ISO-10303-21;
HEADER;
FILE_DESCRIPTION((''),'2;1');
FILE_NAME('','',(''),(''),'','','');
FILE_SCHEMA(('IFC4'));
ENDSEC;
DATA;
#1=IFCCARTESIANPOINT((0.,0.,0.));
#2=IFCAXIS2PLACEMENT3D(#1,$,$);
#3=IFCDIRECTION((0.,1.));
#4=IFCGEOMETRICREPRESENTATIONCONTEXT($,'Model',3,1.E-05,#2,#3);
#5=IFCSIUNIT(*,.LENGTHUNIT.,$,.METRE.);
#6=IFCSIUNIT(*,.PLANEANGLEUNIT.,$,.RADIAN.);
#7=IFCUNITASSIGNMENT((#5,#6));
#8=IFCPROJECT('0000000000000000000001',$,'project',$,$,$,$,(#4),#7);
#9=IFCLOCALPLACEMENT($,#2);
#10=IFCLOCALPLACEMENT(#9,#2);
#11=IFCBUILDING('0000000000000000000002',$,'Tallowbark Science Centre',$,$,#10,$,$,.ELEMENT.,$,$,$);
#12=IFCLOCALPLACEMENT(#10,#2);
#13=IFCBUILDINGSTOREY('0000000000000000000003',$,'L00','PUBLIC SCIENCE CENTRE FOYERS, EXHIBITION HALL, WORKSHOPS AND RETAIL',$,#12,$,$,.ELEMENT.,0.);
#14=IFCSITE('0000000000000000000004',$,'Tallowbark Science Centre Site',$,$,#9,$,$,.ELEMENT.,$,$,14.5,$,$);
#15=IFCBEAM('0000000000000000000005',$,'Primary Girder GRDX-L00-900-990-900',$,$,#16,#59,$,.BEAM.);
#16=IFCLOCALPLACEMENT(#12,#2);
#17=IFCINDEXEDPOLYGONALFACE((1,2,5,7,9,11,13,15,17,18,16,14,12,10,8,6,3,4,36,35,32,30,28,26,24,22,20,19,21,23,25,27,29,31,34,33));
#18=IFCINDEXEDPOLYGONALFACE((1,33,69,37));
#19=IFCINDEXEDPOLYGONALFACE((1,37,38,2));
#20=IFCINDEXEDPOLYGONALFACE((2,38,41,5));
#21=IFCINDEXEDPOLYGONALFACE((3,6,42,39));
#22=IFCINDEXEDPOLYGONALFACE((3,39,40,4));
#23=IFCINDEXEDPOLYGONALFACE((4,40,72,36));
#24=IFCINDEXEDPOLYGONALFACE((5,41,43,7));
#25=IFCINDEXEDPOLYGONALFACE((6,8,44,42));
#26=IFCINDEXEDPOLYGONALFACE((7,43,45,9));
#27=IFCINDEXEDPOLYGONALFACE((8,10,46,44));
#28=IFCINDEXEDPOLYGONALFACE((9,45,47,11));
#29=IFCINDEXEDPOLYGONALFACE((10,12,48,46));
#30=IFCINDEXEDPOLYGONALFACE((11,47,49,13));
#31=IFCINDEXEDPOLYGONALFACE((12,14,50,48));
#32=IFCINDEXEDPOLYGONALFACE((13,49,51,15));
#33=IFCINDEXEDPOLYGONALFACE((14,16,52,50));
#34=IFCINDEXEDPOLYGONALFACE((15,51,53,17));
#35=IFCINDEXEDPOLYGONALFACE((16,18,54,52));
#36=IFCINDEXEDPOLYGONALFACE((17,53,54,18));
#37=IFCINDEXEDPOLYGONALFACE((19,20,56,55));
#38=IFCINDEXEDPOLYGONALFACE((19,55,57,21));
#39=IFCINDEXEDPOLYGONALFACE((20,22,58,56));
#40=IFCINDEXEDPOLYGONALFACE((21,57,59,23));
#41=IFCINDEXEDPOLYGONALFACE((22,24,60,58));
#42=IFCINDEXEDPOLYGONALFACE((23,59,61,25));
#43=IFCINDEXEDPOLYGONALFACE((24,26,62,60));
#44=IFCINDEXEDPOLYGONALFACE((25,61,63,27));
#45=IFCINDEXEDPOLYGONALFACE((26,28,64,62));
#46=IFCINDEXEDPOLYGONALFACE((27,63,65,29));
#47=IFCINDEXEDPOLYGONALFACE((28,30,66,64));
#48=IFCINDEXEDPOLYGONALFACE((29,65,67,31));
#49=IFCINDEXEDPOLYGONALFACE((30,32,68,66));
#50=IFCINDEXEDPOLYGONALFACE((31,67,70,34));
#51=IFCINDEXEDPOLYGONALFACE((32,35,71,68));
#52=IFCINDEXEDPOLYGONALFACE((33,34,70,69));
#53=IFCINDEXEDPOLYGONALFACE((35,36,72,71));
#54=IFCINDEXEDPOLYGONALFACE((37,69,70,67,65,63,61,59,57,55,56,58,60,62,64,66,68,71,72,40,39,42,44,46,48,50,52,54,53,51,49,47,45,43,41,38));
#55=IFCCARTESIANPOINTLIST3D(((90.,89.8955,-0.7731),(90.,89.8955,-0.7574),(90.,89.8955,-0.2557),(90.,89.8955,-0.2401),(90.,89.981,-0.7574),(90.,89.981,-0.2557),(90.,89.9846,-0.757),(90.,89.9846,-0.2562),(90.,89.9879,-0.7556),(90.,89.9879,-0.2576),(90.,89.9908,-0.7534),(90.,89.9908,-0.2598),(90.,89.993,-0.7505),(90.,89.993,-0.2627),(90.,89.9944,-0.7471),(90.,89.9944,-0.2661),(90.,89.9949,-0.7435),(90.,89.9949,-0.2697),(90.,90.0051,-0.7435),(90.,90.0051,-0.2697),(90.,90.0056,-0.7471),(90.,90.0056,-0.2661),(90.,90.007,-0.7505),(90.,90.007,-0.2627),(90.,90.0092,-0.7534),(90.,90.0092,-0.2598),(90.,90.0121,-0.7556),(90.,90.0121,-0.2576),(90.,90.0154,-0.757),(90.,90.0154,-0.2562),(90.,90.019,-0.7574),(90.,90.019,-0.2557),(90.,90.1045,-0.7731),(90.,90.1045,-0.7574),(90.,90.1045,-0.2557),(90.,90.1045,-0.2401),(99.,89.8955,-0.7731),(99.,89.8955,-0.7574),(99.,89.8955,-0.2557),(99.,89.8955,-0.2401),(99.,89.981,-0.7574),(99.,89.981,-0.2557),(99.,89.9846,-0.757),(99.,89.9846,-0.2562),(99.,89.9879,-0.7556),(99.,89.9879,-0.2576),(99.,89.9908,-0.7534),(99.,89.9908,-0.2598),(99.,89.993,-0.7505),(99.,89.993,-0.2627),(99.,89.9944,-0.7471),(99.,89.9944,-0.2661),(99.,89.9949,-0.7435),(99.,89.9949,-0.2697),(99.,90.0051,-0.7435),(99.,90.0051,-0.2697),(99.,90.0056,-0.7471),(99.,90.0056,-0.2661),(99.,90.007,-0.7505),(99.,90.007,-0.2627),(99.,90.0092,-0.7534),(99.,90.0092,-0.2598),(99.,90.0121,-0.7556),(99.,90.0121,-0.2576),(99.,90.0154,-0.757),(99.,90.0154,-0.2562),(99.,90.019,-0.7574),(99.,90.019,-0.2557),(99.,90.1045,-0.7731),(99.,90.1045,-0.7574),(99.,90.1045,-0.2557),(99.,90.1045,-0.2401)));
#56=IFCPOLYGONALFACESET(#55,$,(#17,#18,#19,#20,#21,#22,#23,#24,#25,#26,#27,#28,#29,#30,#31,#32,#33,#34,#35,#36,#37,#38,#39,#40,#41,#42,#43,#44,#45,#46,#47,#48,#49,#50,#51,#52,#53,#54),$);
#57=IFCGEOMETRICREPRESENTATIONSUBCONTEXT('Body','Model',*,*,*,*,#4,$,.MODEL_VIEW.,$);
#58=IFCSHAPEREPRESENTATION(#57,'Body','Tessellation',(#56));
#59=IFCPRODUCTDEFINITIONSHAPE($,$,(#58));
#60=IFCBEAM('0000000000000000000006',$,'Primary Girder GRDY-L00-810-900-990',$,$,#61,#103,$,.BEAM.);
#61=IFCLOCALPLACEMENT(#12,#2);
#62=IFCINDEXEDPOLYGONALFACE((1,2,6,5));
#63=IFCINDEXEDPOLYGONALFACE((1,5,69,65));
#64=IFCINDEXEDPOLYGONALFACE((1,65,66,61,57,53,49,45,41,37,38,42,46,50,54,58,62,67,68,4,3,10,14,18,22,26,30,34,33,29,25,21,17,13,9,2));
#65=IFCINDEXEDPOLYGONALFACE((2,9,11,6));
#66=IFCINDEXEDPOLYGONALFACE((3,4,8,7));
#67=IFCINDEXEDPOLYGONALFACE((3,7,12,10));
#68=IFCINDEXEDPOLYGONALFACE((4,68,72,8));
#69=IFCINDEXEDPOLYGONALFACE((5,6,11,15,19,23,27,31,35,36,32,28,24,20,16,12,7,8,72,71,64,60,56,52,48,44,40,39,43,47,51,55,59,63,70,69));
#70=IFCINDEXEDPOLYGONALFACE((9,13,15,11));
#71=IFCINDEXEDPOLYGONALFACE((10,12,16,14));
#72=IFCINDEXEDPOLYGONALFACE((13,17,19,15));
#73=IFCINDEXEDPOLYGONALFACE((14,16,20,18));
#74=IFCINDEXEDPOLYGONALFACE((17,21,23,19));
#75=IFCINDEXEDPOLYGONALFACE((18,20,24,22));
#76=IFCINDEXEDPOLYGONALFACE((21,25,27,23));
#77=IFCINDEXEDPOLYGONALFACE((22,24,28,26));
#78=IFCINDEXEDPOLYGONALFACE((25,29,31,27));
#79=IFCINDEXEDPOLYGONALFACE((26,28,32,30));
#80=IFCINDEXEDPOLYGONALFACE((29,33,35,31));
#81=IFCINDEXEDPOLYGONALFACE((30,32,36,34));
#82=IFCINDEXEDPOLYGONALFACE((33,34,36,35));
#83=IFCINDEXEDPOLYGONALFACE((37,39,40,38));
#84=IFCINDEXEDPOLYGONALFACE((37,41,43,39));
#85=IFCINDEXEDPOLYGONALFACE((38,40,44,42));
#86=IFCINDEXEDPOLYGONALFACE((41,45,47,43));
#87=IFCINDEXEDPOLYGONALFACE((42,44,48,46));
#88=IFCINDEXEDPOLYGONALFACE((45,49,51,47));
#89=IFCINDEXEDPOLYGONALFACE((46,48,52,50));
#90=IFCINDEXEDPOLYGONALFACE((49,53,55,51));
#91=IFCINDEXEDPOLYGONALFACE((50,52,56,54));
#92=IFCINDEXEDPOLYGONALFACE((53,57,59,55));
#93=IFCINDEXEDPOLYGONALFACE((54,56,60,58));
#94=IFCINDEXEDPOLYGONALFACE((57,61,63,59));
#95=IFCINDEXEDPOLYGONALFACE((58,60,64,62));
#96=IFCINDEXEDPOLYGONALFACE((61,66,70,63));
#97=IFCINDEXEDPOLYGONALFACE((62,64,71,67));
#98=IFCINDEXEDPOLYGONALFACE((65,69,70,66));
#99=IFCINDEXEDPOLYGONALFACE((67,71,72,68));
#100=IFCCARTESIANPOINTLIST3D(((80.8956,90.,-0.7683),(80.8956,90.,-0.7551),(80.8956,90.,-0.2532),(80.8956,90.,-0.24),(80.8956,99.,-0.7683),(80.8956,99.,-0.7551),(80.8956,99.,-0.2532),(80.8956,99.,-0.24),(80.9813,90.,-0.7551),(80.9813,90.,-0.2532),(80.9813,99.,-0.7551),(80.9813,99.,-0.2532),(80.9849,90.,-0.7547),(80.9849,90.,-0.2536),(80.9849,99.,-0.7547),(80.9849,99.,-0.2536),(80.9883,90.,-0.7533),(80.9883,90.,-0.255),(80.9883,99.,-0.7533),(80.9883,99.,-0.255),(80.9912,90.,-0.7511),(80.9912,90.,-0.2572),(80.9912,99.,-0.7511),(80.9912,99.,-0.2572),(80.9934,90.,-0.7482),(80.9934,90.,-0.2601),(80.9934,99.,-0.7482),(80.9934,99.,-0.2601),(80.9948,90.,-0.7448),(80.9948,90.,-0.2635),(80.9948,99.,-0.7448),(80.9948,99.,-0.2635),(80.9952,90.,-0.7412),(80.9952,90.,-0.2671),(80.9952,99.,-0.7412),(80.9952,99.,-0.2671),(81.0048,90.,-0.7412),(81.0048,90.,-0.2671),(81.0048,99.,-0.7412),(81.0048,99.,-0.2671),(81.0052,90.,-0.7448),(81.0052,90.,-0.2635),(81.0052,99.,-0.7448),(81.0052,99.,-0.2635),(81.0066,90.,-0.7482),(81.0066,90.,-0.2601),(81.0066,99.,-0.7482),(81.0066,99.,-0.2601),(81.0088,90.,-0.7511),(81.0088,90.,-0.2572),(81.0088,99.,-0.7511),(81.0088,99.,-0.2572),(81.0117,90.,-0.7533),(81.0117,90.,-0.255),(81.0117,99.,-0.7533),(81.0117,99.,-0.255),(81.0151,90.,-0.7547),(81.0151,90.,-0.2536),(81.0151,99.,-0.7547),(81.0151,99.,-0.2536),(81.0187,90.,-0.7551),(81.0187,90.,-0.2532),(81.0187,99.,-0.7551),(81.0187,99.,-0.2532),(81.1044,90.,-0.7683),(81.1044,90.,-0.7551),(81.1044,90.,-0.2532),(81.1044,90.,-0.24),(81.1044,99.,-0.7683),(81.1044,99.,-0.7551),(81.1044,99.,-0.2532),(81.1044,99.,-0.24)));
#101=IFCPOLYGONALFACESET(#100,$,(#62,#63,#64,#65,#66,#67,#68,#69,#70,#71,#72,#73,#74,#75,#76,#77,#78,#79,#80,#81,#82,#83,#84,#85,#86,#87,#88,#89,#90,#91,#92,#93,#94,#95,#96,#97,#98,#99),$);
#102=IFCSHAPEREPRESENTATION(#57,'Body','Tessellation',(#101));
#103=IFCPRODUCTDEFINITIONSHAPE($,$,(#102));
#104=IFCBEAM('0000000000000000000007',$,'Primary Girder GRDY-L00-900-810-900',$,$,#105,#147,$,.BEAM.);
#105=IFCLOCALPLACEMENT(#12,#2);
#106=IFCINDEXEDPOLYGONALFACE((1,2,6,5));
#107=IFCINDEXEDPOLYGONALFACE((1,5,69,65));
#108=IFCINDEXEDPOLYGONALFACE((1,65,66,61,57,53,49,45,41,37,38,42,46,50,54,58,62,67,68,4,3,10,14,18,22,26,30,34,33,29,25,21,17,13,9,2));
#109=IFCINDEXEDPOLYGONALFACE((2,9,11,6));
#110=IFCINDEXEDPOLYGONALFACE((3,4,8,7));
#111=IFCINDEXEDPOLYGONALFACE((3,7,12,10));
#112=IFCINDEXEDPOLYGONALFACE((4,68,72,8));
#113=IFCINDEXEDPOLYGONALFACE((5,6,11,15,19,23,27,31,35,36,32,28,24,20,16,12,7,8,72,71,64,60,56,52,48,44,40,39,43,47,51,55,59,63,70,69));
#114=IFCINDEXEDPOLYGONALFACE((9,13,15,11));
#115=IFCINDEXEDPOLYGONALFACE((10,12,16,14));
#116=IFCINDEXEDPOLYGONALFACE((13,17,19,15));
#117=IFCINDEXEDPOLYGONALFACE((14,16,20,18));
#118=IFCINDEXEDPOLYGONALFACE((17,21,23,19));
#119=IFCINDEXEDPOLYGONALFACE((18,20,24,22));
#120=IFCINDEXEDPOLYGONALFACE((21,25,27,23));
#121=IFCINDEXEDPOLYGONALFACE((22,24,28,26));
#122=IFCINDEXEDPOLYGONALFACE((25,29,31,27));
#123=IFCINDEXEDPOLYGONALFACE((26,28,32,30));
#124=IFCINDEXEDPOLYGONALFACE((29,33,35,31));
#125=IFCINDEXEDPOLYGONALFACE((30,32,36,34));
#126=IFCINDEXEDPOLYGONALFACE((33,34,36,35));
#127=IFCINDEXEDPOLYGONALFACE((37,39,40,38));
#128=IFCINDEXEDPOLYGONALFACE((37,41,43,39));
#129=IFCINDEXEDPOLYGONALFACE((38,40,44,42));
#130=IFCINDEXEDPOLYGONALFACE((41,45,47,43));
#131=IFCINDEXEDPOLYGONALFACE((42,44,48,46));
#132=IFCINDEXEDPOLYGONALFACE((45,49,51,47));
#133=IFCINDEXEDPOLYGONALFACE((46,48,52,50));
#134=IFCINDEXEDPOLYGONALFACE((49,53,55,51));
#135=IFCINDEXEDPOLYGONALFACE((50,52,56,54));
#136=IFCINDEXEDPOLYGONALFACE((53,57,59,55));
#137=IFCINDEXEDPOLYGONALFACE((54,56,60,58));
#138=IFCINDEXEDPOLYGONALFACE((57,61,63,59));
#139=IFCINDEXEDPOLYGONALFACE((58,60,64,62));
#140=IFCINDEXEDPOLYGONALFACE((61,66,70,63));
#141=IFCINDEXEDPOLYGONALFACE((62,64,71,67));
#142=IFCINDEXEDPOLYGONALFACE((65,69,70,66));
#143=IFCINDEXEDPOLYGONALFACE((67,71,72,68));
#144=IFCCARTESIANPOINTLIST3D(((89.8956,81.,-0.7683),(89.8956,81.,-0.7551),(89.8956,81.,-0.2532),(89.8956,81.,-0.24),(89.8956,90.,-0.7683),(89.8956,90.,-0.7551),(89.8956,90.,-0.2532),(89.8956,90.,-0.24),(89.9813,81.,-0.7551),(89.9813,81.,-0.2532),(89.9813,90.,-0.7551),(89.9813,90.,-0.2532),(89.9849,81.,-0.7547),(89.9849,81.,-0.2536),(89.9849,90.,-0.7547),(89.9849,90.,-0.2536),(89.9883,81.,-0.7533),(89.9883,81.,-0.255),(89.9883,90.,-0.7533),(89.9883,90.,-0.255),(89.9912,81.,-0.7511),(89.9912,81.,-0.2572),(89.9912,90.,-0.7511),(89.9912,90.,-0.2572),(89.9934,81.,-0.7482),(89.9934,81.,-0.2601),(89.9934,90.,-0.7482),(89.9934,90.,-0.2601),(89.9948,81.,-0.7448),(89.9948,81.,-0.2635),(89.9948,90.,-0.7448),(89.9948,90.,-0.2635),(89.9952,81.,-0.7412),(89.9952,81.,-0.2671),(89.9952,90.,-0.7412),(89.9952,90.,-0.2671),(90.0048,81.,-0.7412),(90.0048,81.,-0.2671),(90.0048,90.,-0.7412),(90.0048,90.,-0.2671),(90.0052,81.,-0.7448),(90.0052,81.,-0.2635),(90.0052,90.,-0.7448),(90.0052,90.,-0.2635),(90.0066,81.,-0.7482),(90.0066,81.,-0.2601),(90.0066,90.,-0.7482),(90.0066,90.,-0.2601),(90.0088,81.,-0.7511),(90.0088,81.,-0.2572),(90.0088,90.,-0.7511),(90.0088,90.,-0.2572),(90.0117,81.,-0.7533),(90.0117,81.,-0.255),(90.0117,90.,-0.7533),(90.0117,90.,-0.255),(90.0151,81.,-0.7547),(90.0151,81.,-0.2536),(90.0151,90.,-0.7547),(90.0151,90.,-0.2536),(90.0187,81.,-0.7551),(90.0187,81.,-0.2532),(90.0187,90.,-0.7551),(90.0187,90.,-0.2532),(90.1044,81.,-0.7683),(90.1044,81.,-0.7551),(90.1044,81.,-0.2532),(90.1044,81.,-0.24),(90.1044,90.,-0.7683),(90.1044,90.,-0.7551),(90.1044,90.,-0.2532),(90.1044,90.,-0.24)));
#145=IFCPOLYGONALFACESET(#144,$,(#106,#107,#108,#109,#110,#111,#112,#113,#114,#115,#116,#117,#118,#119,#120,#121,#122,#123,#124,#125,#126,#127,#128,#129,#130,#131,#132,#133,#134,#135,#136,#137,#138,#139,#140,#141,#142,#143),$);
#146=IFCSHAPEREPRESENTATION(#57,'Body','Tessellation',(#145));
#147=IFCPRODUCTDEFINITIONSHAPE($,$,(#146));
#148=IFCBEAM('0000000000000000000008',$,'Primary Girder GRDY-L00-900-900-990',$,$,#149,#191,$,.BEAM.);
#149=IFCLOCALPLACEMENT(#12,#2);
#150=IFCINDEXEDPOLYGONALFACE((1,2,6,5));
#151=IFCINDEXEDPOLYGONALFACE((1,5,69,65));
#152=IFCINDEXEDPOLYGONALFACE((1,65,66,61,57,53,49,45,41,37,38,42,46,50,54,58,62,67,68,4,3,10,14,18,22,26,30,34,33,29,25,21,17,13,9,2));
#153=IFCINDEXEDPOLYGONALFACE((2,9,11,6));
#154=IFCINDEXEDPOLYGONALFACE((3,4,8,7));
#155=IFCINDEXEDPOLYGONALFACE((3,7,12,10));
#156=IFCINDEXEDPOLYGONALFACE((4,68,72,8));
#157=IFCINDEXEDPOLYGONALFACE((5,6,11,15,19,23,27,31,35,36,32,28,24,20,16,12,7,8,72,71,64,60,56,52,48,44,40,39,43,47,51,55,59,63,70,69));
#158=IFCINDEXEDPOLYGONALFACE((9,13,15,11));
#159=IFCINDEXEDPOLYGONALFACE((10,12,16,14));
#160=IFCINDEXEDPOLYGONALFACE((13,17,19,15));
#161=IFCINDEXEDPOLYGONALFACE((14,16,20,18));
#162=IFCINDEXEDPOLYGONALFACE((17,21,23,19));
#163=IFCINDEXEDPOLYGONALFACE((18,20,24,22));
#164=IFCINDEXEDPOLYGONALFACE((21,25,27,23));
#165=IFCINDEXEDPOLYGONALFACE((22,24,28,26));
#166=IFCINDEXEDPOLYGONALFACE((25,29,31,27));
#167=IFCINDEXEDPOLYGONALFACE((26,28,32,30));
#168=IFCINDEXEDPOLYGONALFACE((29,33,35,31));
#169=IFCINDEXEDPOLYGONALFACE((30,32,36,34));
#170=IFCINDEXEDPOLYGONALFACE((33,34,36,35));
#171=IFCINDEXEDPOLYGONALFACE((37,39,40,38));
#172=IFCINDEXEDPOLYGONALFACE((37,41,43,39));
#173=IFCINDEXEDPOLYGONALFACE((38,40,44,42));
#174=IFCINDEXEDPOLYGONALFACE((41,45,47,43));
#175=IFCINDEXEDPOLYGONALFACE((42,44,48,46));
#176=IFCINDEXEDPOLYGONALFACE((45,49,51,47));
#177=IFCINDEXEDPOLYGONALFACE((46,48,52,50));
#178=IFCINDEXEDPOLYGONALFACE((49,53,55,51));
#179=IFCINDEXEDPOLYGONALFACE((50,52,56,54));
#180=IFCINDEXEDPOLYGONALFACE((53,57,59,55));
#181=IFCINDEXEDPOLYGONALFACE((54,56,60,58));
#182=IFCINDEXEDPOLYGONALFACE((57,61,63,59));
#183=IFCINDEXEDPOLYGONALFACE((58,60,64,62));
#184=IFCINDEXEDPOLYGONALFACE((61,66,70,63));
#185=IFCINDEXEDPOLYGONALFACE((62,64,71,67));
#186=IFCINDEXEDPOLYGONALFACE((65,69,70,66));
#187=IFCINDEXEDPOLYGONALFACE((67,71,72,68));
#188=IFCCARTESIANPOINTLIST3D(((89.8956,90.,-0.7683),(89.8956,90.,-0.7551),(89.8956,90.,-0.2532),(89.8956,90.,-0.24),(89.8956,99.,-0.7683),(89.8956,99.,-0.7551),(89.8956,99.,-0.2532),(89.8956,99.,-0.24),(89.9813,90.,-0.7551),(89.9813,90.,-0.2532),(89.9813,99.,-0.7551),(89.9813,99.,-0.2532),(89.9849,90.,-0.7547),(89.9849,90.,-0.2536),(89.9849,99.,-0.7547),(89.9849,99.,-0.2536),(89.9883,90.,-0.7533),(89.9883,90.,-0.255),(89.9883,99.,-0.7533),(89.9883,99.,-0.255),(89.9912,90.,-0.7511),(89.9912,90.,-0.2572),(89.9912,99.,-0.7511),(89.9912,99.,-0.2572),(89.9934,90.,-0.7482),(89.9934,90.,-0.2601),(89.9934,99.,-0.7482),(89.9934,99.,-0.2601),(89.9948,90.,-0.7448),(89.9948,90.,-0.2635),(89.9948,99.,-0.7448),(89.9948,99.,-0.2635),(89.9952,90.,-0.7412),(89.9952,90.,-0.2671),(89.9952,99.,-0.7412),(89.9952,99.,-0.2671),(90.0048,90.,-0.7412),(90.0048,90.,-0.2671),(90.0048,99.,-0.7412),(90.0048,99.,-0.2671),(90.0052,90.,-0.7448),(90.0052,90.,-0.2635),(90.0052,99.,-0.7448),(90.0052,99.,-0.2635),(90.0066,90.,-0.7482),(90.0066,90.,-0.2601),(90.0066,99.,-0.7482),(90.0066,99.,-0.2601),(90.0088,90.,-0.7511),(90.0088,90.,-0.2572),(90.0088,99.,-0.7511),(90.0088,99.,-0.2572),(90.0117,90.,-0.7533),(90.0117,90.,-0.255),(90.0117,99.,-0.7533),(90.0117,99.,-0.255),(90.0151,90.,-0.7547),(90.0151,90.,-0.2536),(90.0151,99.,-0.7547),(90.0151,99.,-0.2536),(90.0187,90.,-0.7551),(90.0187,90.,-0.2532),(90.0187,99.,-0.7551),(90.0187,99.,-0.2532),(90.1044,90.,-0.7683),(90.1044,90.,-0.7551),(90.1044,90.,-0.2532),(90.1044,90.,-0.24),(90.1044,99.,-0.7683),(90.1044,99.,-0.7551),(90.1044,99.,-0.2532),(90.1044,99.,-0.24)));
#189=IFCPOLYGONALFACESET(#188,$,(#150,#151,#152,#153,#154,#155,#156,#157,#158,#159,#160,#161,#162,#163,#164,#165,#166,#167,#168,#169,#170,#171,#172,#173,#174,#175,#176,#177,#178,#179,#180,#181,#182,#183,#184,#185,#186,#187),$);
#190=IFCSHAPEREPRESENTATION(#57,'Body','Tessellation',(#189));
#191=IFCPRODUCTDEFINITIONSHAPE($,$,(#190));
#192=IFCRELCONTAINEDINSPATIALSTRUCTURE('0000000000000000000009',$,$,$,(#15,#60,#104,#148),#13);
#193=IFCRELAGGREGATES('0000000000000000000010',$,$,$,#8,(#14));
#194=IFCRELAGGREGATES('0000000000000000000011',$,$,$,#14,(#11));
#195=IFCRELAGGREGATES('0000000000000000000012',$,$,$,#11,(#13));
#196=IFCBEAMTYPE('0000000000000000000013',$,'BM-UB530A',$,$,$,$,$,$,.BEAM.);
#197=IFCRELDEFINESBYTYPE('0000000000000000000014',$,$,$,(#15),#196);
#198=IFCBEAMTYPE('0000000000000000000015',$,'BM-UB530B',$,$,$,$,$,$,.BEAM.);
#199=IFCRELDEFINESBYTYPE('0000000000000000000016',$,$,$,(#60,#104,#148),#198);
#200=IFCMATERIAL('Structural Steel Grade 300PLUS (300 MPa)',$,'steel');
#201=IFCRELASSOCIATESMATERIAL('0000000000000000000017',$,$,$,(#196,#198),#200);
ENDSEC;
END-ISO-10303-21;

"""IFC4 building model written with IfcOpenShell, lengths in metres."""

from ifc_helpers import new_model, si_unit, direction, frame, origin, origin_2d, place, context, subcontext, project, spatial, i_section, extrude, material, material_profile, profile_set, type_object, element, save


model = new_model("IFC4")

# Units and contexts
model_context = context("Model", 3, precision=1e-05, world=origin(), true_north=direction((0.0, 1.0)))
body_context = subcontext(model_context, "Body", "Model", "MODEL_VIEW")
ifc_project = project(units=[si_unit("LENGTHUNIT", "METRE"), si_unit("PLANEANGLEUNIT", "RADIAN")], contexts=[model_context])

# Site, building, storey
site_placement = place(None, origin())
site = spatial("IfcSite", under=ifc_project, at=site_placement, Name="Tallowbark Science Centre Site", CompositionType="ELEMENT", RefElevation=14.5)
building_placement = place(site_placement, origin())
building = spatial("IfcBuilding", under=site, at=building_placement, Name="Tallowbark Science Centre", CompositionType="ELEMENT")
storey_placement = place(building_placement, origin())
storey = spatial("IfcBuildingStorey", under=building, at=storey_placement, Name="L00", Description="PUBLIC SCIENCE CENTRE FOYERS, EXHIBITION HALL, WORKSHOPS AND RETAIL", CompositionType="ELEMENT", Elevation=0.0)

# Shared definitions
ifc_material_1 = material(Name="Structural Steel Grade 300PLUS (300 MPa)", Category="steel")

# Beams
ifc_material_profile_1 = material_profile(ifc_material_1, i_section(OverallWidth=0.209, OverallDepth=0.533, WebThickness=0.0103, FlangeThickness=0.0156, FilletRadius=0.0139, at=origin_2d()), Name="530UB92.4")
ifc_profile_set_1 = profile_set([ifc_material_profile_1], Name="Structural Steel Grade 300PLUS (300 MPa)")
beam_type_1 = type_object("IfcBeamType", Name="BM-UB530A", PredefinedType="BEAM", material=ifc_profile_set_1)
for number, where, z_axis, x_axis, name in (
    (1, (90.0, 90.0, -0.5066), (1.0, 0.0, 0.0), (0.0, 1.0, 0.0), "Primary Girder GRDX-L00-900-990-900"),
):
    element("IfcBeam", number, at=place(storey_placement, frame(where, z_axis=z_axis, x_axis=x_axis)), inside=storey, type_object=beam_type_1, Name=name, PredefinedType="BEAM", context=body_context, shape_type="SweptSolid", body=[
        extrude(i_section(OverallWidth=0.209, OverallDepth=0.533, WebThickness=0.0103, FlangeThickness=0.0156, FilletRadius=0.0139, at=origin_2d()), origin(), (0.0, 0.0, 1.0), 9.0),
    ])
ifc_material_profile_2 = material_profile(ifc_material_1, i_section(OverallWidth=0.2087, OverallDepth=0.5283, WebThickness=0.0095, FlangeThickness=0.0132, FilletRadius=0.0139, at=origin_2d()), Name="530UB82.0")
ifc_profile_set_2 = profile_set([ifc_material_profile_2], Name="Structural Steel Grade 300PLUS (300 MPa)")
beam_type_2 = type_object("IfcBeamType", Name="BM-UB530B", PredefinedType="BEAM", material=ifc_profile_set_2)
for number, where, z_axis, x_axis, name in (
    (2, (81.0, 90.0, -0.5042), (0.0, 1.0, 0.0), (-1.0, 0.0, 0.0), "Primary Girder GRDY-L00-810-900-990"),
    (3, (90.0, 81.0, -0.5042), (0.0, 1.0, 0.0), (-1.0, 0.0, 0.0), "Primary Girder GRDY-L00-900-810-900"),
    (4, (90.0, 90.0, -0.5042), (0.0, 1.0, 0.0), (-1.0, 0.0, 0.0), "Primary Girder GRDY-L00-900-900-990"),
):
    element("IfcBeam", number, at=place(storey_placement, frame(where, z_axis=z_axis, x_axis=x_axis)), inside=storey, type_object=beam_type_2, Name=name, PredefinedType="BEAM", context=body_context, shape_type="SweptSolid", body=[
        extrude(i_section(OverallWidth=0.2087, OverallDepth=0.5283, WebThickness=0.0095, FlangeThickness=0.0132, FilletRadius=0.0139, at=origin_2d()), origin(), (0.0, 0.0, 1.0), 9.0),
    ])

save(model, "model.ifc")
